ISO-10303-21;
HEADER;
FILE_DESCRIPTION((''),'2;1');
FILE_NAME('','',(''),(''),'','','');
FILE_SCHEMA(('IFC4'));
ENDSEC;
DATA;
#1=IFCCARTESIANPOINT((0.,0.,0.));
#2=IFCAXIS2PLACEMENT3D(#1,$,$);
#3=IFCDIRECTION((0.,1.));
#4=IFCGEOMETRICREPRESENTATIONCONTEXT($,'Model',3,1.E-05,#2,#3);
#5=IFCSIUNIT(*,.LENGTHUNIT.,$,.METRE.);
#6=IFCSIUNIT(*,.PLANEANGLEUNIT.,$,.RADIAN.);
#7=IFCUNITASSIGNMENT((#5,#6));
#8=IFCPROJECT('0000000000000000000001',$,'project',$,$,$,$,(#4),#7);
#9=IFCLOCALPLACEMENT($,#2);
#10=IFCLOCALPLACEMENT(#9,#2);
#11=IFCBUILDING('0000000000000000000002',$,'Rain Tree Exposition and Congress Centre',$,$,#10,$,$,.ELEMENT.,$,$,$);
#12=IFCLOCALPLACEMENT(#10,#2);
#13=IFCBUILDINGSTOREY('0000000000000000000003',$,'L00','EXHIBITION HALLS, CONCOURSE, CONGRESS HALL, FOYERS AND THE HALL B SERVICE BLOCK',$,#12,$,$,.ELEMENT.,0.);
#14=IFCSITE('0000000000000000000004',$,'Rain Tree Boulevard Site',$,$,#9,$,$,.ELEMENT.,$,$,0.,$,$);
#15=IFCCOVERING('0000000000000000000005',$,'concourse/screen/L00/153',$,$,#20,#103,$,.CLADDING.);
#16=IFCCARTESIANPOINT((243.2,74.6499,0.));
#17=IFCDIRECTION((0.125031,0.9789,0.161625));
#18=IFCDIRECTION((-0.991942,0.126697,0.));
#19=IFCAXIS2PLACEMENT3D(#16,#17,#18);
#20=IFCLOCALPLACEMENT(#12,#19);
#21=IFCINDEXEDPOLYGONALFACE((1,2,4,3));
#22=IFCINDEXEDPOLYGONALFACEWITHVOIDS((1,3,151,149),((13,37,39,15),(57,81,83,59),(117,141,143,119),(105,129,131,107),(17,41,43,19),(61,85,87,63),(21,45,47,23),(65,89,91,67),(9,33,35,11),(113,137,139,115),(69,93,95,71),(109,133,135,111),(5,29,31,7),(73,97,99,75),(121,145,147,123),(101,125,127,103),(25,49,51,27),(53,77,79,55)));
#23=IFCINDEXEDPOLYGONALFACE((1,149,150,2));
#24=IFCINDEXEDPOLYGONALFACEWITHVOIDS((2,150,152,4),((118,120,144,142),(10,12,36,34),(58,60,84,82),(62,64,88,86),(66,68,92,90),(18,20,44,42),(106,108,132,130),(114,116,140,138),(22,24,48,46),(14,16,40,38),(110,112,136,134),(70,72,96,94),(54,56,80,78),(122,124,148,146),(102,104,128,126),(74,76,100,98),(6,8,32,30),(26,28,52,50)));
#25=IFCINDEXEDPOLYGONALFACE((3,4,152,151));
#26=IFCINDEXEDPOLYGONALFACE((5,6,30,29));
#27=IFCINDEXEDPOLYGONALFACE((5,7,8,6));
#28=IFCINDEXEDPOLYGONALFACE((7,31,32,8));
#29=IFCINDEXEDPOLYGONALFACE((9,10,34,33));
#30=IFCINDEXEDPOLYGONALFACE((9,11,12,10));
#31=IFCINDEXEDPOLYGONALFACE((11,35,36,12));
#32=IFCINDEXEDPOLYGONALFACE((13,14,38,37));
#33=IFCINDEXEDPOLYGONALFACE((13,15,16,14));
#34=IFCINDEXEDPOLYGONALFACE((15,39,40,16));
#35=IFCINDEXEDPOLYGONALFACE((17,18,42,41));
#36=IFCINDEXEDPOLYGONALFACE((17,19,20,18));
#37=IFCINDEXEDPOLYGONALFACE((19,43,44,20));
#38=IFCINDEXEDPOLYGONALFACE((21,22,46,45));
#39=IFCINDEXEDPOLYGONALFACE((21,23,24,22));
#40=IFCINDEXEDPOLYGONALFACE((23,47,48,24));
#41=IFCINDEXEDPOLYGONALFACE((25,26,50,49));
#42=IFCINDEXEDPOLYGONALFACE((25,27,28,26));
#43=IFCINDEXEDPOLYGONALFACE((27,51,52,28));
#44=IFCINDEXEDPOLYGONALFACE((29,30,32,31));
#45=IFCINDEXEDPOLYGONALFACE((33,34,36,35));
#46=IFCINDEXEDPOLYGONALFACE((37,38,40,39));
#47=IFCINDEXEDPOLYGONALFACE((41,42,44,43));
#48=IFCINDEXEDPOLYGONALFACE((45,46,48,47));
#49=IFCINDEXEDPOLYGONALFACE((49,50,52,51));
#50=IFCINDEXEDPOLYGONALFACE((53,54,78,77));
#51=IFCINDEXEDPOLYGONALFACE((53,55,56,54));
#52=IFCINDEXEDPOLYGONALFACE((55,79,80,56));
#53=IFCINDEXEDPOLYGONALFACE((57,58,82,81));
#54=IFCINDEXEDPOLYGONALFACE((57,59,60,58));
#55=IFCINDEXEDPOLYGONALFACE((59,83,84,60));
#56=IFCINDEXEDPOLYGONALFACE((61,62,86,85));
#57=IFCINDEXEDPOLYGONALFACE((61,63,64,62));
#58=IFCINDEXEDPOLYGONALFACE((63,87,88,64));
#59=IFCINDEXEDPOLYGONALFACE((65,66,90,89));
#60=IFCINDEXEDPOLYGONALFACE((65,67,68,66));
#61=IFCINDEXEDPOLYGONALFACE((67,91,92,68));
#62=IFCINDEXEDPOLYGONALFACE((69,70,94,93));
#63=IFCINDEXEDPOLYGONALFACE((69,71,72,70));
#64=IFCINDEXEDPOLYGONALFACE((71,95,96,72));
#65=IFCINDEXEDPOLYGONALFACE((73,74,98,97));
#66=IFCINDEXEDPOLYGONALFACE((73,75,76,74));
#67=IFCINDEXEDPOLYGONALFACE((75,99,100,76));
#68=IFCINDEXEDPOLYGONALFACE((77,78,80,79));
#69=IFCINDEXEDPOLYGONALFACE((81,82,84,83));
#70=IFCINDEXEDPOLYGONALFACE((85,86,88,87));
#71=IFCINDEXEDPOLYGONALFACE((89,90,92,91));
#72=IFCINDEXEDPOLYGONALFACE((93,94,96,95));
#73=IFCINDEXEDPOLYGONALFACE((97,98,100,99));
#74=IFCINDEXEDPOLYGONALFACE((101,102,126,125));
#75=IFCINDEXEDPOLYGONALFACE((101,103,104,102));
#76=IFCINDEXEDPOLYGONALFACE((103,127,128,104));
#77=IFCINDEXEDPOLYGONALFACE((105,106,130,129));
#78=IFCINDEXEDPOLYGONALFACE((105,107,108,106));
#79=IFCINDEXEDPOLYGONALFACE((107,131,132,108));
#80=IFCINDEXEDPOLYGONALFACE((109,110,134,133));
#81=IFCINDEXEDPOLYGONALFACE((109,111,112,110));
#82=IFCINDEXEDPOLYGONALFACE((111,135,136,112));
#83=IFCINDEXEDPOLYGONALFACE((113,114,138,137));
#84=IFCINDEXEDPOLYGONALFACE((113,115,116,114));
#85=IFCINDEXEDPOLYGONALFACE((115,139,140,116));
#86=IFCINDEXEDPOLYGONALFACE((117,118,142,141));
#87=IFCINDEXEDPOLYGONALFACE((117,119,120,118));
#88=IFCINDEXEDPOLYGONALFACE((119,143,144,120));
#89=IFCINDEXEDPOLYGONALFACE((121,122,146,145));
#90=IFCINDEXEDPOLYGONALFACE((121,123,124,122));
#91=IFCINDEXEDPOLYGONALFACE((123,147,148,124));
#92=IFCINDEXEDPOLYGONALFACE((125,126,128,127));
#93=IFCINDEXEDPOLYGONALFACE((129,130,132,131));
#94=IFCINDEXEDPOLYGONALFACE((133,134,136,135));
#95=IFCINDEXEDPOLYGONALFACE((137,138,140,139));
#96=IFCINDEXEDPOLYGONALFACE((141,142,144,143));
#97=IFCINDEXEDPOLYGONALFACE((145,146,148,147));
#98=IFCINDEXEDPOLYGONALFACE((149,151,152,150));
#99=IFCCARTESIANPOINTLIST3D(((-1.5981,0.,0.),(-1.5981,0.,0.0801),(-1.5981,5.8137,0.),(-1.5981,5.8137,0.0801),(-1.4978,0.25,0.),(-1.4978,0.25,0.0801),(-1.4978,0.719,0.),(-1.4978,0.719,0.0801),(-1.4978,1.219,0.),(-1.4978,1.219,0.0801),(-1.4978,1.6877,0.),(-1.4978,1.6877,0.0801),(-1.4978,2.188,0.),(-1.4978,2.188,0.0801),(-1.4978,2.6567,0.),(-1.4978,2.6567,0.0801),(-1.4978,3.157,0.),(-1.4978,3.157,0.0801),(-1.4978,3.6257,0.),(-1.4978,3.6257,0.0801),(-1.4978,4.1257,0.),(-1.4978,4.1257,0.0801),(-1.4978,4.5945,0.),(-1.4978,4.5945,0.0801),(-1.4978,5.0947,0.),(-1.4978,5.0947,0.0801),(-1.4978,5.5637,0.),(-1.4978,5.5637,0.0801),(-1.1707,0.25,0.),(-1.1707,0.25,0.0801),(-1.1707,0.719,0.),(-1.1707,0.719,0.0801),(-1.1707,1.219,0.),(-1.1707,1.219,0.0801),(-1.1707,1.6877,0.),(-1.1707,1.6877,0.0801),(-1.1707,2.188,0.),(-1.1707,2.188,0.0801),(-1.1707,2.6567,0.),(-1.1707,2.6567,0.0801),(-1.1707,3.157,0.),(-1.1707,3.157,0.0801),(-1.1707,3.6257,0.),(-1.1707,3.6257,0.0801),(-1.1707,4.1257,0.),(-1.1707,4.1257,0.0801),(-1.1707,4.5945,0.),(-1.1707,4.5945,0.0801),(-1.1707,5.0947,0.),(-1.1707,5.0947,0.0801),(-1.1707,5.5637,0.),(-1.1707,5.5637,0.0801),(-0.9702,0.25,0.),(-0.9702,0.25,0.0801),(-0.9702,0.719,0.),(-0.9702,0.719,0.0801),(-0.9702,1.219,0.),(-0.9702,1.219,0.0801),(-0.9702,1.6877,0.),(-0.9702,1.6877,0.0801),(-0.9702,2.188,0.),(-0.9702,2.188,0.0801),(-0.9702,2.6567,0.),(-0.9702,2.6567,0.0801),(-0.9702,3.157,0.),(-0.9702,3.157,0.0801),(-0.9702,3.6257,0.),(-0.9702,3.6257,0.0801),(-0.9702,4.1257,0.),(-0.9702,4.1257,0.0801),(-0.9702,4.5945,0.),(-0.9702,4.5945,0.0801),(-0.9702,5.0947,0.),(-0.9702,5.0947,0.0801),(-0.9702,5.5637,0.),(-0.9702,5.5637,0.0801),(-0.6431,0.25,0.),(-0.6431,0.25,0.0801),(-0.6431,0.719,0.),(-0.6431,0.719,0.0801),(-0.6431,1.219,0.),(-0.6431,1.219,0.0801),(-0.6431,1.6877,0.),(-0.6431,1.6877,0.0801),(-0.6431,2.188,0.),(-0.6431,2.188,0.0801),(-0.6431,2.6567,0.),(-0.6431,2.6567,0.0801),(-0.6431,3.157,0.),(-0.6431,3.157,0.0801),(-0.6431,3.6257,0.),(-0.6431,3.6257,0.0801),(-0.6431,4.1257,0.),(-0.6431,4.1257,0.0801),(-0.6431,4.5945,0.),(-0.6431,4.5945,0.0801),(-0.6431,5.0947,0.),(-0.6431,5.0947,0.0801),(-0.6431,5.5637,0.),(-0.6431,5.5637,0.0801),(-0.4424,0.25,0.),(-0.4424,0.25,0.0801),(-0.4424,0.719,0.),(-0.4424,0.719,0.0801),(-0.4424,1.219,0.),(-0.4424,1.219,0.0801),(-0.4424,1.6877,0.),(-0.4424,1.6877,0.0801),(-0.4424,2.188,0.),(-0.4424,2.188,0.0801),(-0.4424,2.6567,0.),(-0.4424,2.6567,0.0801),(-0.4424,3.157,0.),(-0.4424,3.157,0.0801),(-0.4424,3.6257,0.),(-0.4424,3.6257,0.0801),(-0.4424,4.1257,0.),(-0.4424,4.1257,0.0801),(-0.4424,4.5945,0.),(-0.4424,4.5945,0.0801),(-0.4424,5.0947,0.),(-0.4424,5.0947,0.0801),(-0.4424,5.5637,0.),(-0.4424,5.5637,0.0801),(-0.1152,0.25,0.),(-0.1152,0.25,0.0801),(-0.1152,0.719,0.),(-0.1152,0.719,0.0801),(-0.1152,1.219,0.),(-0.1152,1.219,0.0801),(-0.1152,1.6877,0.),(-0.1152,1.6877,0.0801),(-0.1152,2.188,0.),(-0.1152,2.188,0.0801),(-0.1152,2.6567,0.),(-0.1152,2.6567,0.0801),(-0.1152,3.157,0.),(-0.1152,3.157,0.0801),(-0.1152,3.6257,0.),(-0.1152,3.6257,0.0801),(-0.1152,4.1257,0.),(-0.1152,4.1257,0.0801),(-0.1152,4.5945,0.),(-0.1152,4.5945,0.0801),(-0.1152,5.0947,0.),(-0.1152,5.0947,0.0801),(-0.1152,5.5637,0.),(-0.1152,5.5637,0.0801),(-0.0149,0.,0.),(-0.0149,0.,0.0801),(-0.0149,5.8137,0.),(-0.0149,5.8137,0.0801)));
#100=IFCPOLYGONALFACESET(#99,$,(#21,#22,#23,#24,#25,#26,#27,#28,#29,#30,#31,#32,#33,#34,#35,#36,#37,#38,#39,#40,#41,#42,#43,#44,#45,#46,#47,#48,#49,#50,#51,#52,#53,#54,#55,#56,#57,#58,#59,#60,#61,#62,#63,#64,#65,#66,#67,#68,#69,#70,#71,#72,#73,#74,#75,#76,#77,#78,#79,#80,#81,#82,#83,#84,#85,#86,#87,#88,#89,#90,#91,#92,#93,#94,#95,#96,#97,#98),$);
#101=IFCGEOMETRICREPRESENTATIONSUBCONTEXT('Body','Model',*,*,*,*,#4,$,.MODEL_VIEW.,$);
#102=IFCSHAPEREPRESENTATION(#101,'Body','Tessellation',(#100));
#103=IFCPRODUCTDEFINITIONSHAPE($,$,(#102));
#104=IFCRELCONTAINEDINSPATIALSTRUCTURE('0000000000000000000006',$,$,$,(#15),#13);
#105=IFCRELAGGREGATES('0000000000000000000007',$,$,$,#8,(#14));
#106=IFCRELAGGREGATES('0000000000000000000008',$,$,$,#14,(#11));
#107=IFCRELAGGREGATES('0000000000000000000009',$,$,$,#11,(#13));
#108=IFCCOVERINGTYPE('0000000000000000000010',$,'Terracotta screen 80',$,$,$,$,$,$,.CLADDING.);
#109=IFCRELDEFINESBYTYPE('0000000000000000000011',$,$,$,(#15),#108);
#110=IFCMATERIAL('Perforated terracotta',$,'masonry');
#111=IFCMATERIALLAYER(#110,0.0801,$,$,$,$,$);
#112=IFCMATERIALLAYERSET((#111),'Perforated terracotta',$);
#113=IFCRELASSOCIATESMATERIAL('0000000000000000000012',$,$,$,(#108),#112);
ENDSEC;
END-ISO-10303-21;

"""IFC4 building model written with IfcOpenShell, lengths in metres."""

from ifc_helpers import new_model, si_unit, direction, frame, origin, place, context, subcontext, project, spatial, polyline, outline, extrude, material, layer, layer_set, type_object, element, save


model = new_model("IFC4")

# Units and contexts
model_context = context("Model", 3, precision=1e-05, world=origin(), true_north=direction((0.0, 1.0)))
body_context = subcontext(model_context, "Body", "Model", "MODEL_VIEW")
ifc_project = project(units=[si_unit("LENGTHUNIT", "METRE"), si_unit("PLANEANGLEUNIT", "RADIAN")], contexts=[model_context])

# Site, building, storey
site_placement = place(None, origin())
site = spatial("IfcSite", under=ifc_project, at=site_placement, Name="Rain Tree Boulevard Site", CompositionType="ELEMENT", RefElevation=0.0)
building_placement = place(site_placement, origin())
building = spatial("IfcBuilding", under=site, at=building_placement, Name="Rain Tree Exposition and Congress Centre", CompositionType="ELEMENT")
storey_placement = place(building_placement, origin())
storey = spatial("IfcBuildingStorey", under=building, at=storey_placement, Name="L00", Description="EXHIBITION HALLS, CONCOURSE, CONGRESS HALL, FOYERS AND THE HALL B SERVICE BLOCK", CompositionType="ELEMENT", Elevation=0.0)

# Covering
ifc_material_1 = material(Name="Perforated terracotta", Category="masonry")
ifc_layer_1 = layer(ifc_material_1, 0.0801)
ifc_layer_set_1 = layer_set([ifc_layer_1], Name="Perforated terracotta")
covering_type = type_object("IfcCoveringType", Name="Terracotta screen 80", PredefinedType="CLADDING", material=ifc_layer_set_1)
covering_1_placement = place(storey_placement, frame((243.2, 74.6499, 0.0), z_axis=(0.125031, 0.9789, 0.161625), x_axis=(-0.991942, 0.126697, 0.0)))
element("IfcCovering", 1, at=covering_1_placement, inside=storey, type_object=covering_type, Name="concourse/screen/L00/153", PredefinedType="CLADDING", context=body_context, shape_type="SweptSolid", body=[
    extrude(outline(polyline([(-0.0149, 0.0), (-1.5981, 0.0), (-1.5981, 5.8137), (-0.0149, 5.8137), (-0.0149, 0.0)]), holes=[polyline([(-0.1152, 0.25), (-0.1152, 0.719), (-0.4424, 0.719), (-0.4424, 0.25), (-0.1152, 0.25)]), polyline([(-0.1152, 1.219), (-0.1152, 1.6877), (-0.4424, 1.6877), (-0.4424, 1.219), (-0.1152, 1.219)]), polyline([(-0.1152, 2.188), (-0.1152, 2.6567), (-0.4424, 2.6567), (-0.4424, 2.188), (-0.1152, 2.188)]), polyline([(-0.1152, 3.157), (-0.1152, 3.6257), (-0.4424, 3.6257), (-0.4424, 3.157), (-0.1152, 3.157)]), polyline([(-0.1152, 4.1257), (-0.1152, 4.5945), (-0.4424, 4.5945), (-0.4424, 4.1257), (-0.1152, 4.1257)]), polyline([(-0.1152, 5.0947), (-0.1152, 5.5637), (-0.4424, 5.5637), (-0.4424, 5.0947), (-0.1152, 5.0947)]), polyline([(-0.6431, 0.25), (-0.6431, 0.719), (-0.9702, 0.719), (-0.9702, 0.25), (-0.6431, 0.25)]), polyline([(-0.6431, 1.219), (-0.6431, 1.6877), (-0.9702, 1.6877), (-0.9702, 1.219), (-0.6431, 1.219)]), polyline([(-0.6431, 2.188), (-0.6431, 2.6567), (-0.9702, 2.6567), (-0.9702, 2.188), (-0.6431, 2.188)]), polyline([(-0.6431, 3.157), (-0.6431, 3.6257), (-0.9702, 3.6257), (-0.9702, 3.157), (-0.6431, 3.157)]), polyline([(-0.6431, 4.1257), (-0.6431, 4.5945), (-0.9702, 4.5945), (-0.9702, 4.1257), (-0.6431, 4.1257)]), polyline([(-0.6431, 5.0947), (-0.6431, 5.5637), (-0.9702, 5.5637), (-0.9702, 5.0947), (-0.6431, 5.0947)]), polyline([(-1.1707, 0.25), (-1.1707, 0.719), (-1.4978, 0.719), (-1.4978, 0.25), (-1.1707, 0.25)]), polyline([(-1.1707, 1.219), (-1.1707, 1.6877), (-1.4978, 1.6877), (-1.4978, 1.219), (-1.1707, 1.219)]), polyline([(-1.1707, 2.188), (-1.1707, 2.6567), (-1.4978, 2.6567), (-1.4978, 2.188), (-1.1707, 2.188)]), polyline([(-1.1707, 3.157), (-1.1707, 3.6257), (-1.4978, 3.6257), (-1.4978, 3.157), (-1.1707, 3.157)]), polyline([(-1.1707, 4.1257), (-1.1707, 4.5945), (-1.4978, 4.5945), (-1.4978, 4.1257), (-1.1707, 4.1257)]), polyline([(-1.1707, 5.0947), (-1.1707, 5.5637), (-1.4978, 5.5637), (-1.4978, 5.0947), (-1.1707, 5.0947)])]), origin(), (0.0, 0.0, 1.0), 0.0801),
])

save(model, "model.ifc")
